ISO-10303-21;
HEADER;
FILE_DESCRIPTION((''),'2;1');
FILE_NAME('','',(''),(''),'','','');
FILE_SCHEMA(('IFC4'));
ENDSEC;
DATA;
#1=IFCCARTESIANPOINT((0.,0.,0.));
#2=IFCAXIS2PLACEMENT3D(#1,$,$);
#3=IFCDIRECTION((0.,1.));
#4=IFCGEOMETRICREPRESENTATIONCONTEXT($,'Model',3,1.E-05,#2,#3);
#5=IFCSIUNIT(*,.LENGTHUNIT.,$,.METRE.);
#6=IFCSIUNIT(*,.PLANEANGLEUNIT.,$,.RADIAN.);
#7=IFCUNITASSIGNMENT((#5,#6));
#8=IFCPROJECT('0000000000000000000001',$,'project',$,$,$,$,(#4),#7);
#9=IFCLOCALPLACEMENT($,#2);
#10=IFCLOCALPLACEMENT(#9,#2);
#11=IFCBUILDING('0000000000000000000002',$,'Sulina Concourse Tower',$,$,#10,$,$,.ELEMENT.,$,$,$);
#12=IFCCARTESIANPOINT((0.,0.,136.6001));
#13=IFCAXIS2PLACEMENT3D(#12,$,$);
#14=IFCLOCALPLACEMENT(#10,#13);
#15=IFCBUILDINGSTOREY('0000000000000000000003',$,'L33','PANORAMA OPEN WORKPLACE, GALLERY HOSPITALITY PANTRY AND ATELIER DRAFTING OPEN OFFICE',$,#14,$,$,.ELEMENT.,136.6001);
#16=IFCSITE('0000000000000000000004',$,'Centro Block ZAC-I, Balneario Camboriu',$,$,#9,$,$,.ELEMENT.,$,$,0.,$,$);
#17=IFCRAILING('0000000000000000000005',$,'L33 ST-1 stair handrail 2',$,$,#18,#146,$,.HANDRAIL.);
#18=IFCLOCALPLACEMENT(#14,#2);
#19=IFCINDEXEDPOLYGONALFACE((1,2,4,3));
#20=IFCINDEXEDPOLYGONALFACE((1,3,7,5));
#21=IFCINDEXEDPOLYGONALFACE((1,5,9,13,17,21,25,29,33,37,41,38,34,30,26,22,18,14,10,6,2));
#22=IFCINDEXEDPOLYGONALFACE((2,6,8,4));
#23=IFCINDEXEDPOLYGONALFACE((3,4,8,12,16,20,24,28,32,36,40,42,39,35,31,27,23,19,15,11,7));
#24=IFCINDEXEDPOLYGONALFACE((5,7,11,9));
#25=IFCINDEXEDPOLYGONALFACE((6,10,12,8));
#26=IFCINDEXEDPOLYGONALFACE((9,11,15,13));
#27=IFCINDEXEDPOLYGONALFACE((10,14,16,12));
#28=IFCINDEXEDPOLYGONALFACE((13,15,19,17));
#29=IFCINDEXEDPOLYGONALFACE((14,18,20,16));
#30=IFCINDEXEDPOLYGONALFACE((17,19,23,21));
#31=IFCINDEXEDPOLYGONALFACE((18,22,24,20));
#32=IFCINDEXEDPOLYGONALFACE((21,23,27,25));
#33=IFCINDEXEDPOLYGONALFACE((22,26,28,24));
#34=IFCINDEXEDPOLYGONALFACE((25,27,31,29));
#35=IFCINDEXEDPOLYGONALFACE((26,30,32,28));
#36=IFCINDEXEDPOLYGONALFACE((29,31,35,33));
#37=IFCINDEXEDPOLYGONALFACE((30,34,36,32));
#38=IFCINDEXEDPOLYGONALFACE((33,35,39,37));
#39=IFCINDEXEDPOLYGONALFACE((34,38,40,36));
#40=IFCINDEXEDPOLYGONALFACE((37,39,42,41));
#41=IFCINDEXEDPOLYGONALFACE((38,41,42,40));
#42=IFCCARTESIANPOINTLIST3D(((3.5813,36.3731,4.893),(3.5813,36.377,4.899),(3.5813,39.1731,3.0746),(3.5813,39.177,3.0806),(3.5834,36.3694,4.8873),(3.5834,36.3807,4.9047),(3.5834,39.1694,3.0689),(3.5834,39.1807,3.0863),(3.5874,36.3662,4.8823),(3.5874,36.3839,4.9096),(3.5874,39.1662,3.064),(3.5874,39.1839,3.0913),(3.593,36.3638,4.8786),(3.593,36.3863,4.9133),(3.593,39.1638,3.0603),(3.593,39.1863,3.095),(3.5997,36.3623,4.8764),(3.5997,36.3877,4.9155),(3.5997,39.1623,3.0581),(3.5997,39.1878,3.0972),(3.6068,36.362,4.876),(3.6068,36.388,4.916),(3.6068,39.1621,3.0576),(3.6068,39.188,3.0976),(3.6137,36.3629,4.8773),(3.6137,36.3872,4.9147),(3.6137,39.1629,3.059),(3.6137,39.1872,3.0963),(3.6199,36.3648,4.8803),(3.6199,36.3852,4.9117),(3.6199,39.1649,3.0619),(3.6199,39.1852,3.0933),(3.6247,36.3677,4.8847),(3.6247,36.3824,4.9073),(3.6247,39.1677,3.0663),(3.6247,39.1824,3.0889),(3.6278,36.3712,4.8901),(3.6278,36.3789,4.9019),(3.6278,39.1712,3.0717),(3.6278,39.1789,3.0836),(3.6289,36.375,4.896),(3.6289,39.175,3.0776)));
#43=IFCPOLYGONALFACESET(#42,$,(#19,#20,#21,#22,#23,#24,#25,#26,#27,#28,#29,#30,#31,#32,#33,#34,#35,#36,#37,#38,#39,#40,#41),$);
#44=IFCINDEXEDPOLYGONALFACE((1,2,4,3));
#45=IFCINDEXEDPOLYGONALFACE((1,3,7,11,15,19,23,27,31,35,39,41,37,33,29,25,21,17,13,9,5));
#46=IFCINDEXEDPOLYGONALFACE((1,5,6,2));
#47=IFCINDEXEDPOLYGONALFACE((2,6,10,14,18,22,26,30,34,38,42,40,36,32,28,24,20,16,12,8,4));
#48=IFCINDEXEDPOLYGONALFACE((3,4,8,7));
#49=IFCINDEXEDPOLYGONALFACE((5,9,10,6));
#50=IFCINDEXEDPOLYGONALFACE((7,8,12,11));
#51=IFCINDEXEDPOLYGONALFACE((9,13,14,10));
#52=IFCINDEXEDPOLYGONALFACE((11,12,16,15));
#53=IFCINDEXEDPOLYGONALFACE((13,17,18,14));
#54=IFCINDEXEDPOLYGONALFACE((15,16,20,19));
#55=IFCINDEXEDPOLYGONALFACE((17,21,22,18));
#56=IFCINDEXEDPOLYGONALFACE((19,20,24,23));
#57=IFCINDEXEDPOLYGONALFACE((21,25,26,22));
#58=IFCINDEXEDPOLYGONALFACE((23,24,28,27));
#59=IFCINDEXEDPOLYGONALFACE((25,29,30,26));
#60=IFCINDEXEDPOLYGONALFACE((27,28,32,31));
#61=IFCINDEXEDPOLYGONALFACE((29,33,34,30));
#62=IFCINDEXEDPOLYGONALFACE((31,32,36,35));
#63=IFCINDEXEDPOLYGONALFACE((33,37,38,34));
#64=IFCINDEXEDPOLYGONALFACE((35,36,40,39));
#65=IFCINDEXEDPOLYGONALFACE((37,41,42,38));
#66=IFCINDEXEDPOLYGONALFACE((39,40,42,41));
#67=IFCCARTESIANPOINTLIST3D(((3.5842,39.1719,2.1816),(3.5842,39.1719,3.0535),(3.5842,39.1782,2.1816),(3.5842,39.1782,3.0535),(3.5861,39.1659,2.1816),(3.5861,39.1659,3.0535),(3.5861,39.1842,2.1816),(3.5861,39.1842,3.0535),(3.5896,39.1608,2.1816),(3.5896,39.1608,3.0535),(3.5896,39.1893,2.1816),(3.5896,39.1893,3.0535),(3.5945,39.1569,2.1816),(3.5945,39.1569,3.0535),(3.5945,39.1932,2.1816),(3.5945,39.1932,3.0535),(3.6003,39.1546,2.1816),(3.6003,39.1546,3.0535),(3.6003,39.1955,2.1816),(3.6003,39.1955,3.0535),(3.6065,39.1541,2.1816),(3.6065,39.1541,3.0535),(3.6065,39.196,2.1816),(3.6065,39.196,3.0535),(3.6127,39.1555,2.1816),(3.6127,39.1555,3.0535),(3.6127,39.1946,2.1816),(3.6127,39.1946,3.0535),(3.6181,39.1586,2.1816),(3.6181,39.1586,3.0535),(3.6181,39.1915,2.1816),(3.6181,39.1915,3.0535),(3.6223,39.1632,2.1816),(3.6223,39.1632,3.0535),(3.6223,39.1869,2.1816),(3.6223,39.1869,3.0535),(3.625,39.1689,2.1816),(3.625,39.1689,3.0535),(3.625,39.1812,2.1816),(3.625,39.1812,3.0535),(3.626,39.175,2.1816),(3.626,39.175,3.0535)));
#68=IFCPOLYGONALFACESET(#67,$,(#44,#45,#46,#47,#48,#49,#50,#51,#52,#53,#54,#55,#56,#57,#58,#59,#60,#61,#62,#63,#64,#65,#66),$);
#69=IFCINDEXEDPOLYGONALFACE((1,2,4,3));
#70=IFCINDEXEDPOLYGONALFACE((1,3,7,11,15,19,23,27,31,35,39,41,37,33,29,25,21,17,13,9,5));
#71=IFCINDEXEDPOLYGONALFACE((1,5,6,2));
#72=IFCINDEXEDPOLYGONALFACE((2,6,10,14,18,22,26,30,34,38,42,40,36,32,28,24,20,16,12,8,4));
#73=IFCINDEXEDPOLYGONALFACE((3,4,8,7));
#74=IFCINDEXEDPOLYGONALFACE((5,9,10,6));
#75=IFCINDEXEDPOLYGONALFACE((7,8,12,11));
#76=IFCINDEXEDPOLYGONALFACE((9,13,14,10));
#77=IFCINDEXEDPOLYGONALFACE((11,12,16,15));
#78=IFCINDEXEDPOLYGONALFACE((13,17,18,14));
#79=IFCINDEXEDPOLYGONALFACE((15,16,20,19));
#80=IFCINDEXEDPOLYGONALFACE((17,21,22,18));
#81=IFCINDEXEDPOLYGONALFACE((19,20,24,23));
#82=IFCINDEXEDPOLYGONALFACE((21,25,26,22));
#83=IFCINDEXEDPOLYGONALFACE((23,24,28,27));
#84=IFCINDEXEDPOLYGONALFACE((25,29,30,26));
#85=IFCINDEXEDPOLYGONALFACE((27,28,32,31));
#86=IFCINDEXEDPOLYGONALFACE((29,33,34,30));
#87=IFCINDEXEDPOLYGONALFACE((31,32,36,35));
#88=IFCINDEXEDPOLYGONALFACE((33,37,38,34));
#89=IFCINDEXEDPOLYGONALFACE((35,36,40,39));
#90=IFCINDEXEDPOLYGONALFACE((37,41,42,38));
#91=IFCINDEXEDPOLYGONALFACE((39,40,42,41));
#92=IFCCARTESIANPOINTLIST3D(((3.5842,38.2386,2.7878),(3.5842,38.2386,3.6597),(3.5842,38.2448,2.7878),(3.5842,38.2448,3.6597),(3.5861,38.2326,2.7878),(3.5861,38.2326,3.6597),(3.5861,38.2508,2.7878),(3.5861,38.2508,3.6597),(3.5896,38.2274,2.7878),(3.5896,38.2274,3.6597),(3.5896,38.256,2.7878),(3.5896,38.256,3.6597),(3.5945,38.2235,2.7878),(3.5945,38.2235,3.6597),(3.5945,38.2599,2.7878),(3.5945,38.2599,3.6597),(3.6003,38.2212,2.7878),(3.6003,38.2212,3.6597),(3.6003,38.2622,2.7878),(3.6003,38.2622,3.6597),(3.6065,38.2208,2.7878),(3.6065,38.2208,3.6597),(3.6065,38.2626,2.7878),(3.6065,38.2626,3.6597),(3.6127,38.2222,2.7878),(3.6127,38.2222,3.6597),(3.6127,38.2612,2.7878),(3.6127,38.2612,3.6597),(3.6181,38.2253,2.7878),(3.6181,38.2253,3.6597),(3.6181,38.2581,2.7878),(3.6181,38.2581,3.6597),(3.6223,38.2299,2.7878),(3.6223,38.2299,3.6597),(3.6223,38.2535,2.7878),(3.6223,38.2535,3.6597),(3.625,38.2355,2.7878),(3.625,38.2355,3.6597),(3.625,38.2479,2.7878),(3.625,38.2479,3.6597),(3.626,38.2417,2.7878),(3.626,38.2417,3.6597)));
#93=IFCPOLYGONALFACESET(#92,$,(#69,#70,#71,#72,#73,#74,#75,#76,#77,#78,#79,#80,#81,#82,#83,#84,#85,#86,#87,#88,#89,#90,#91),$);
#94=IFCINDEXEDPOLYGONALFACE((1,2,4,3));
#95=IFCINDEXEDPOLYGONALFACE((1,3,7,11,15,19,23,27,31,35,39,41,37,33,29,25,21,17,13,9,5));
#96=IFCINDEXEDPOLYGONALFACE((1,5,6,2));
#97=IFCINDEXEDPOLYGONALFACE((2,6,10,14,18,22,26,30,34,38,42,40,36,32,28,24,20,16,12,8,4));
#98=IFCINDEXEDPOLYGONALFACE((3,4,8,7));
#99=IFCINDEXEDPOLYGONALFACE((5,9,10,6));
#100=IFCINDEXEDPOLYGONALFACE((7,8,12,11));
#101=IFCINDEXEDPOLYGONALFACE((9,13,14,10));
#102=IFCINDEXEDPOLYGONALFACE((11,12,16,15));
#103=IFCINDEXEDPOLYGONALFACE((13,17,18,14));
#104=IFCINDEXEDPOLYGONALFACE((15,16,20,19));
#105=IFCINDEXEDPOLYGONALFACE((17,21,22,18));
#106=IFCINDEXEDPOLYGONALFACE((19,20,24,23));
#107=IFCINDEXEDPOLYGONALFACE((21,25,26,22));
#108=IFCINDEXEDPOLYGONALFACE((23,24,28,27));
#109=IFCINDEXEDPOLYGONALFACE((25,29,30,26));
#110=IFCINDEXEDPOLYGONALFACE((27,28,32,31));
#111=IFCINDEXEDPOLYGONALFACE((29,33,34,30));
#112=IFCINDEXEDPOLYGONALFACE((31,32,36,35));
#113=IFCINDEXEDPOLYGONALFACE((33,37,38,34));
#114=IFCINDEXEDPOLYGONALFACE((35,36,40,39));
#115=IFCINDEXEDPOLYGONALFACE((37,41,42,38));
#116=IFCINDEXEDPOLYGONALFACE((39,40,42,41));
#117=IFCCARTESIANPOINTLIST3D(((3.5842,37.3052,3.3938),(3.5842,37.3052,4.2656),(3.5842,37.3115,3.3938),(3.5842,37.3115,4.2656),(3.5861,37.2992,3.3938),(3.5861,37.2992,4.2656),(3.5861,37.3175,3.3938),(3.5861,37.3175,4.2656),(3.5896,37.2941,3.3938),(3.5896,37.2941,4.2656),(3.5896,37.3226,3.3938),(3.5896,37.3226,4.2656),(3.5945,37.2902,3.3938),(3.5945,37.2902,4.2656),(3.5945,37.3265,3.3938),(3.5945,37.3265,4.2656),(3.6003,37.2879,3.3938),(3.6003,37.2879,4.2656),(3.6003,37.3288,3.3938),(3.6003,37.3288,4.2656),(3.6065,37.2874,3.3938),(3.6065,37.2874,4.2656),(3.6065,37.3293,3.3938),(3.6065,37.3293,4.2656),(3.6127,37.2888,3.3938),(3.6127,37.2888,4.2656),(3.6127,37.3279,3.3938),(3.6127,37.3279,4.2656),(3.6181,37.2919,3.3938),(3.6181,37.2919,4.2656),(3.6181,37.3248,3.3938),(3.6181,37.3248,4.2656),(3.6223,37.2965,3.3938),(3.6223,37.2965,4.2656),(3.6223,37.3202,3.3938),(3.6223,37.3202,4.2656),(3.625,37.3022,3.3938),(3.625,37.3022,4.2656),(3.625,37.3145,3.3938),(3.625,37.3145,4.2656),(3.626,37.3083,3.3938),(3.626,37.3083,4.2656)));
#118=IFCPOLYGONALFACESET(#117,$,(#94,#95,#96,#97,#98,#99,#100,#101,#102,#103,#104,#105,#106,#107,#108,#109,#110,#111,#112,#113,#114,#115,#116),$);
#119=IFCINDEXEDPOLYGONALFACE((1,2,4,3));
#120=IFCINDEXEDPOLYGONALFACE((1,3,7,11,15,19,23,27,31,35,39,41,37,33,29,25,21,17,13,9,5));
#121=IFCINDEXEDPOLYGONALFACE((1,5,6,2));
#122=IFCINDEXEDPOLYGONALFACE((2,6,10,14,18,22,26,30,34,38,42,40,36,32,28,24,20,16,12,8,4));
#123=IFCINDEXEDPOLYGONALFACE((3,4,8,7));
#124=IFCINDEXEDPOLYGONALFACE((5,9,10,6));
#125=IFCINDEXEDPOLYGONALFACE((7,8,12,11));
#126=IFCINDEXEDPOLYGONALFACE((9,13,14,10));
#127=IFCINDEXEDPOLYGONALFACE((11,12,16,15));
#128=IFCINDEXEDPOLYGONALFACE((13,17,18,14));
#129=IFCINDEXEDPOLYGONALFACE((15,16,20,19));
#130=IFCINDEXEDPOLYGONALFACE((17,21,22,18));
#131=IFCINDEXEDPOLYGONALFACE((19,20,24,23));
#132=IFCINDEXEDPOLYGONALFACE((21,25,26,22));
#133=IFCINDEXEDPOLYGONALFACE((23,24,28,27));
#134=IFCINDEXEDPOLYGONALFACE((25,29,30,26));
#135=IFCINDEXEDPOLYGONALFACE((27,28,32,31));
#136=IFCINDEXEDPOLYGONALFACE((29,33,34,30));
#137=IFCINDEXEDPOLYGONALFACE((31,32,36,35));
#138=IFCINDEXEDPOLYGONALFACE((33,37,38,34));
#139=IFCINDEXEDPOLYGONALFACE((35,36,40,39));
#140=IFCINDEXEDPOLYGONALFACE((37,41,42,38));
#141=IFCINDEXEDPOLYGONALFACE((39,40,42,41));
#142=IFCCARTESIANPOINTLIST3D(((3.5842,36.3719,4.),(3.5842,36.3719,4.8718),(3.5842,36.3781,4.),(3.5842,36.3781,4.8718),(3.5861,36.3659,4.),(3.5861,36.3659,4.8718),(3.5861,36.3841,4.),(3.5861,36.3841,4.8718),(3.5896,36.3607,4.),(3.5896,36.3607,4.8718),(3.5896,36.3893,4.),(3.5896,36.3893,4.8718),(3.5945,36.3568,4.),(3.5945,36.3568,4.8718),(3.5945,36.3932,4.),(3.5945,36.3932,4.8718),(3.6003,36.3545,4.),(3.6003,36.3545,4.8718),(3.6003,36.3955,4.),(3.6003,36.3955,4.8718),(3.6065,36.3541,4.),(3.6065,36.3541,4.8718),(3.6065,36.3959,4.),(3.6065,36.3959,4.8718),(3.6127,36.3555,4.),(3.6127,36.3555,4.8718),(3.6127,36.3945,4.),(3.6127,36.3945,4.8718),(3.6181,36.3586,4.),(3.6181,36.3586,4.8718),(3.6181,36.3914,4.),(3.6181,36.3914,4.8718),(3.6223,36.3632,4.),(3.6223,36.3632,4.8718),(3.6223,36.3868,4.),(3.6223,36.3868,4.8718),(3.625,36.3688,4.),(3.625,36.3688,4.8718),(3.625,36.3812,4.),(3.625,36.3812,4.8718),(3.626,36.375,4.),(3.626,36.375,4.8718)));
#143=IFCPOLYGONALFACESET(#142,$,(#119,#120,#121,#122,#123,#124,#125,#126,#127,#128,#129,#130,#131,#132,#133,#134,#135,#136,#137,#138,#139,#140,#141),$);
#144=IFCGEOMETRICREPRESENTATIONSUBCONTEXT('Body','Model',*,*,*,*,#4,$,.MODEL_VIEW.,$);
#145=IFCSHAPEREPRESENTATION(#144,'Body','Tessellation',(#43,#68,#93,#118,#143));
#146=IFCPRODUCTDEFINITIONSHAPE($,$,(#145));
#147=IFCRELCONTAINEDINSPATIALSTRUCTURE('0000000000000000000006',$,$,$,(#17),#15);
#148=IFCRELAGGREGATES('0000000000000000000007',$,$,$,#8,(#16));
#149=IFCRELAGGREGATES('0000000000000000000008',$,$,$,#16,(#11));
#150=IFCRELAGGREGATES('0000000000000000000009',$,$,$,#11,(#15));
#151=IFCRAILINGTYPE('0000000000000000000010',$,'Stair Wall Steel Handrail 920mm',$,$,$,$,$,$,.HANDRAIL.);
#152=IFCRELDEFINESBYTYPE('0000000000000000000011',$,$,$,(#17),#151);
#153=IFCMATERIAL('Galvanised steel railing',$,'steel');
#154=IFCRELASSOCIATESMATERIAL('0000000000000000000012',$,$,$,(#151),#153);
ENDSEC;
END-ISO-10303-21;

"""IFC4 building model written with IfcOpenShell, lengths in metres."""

from ifc_helpers import new_model, si_unit, direction, frame, origin, origin_2d, place, context, subcontext, project, spatial, circle, extrude, material, type_object, element, save


model = new_model("IFC4")

# Units and contexts
model_context = context("Model", 3, precision=1e-05, world=origin(), true_north=direction((0.0, 1.0)))
body_context = subcontext(model_context, "Body", "Model", "MODEL_VIEW")
ifc_project = project(units=[si_unit("LENGTHUNIT", "METRE"), si_unit("PLANEANGLEUNIT", "RADIAN")], contexts=[model_context])

# Site, building, storey
site_placement = place(None, origin())
site = spatial("IfcSite", under=ifc_project, at=site_placement, Name="Centro Block ZAC-I, Balneario Camboriu", CompositionType="ELEMENT", RefElevation=0.0)
building_placement = place(site_placement, origin())
building = spatial("IfcBuilding", under=site, at=building_placement, Name="Sulina Concourse Tower", CompositionType="ELEMENT")
storey_placement = place(building_placement, frame((0.0, 0.0, 136.6001)))
storey = spatial("IfcBuildingStorey", under=building, at=storey_placement, Name="L33", Description="PANORAMA OPEN WORKPLACE, GALLERY HOSPITALITY PANTRY AND ATELIER DRAFTING OPEN OFFICE", CompositionType="ELEMENT", Elevation=136.6001)

# Railing
ifc_material_1 = material(Name="Galvanised steel railing", Category="steel")
railing_type_1 = type_object("IfcRailingType", Name="Stair Wall Steel Handrail 920mm", PredefinedType="HANDRAIL", material=ifc_material_1)
railing_1_placement = place(storey_placement, frame((3.605, 39.175, 2.1816)))
element("IfcRailing", 1, at=railing_1_placement, inside=storey, type_object=railing_type_1, Name="L33 ST-1 stair handrail 2", PredefinedType="HANDRAIL", context=body_context, shape_type="SweptSolid", body=[
    extrude(circle(Radius=0.0239, at=origin_2d()), frame((0.0, 0.0, 0.896), z_axis=(0.0, -0.838672, 0.544636), x_axis=(1.0, 0.0, 0.0)), (0.0, 0.0, 1.0), 3.3386),
    extrude(circle(Radius=0.021, at=origin_2d()), origin(), (0.0, 0.0, 1.0), 0.8718),
    extrude(circle(Radius=0.021, at=origin_2d()), frame((0.0, -0.9333, 0.6062)), (0.0, 0.0, 1.0), 0.8718),
    extrude(circle(Radius=0.021, at=origin_2d()), frame((0.0, -1.8667, 1.2122)), (0.0, 0.0, 1.0), 0.8718),
    extrude(circle(Radius=0.021, at=origin_2d()), frame((0.0, -2.8, 1.8184)), (0.0, 0.0, 1.0), 0.8718),
])

save(model, "model.ifc")
